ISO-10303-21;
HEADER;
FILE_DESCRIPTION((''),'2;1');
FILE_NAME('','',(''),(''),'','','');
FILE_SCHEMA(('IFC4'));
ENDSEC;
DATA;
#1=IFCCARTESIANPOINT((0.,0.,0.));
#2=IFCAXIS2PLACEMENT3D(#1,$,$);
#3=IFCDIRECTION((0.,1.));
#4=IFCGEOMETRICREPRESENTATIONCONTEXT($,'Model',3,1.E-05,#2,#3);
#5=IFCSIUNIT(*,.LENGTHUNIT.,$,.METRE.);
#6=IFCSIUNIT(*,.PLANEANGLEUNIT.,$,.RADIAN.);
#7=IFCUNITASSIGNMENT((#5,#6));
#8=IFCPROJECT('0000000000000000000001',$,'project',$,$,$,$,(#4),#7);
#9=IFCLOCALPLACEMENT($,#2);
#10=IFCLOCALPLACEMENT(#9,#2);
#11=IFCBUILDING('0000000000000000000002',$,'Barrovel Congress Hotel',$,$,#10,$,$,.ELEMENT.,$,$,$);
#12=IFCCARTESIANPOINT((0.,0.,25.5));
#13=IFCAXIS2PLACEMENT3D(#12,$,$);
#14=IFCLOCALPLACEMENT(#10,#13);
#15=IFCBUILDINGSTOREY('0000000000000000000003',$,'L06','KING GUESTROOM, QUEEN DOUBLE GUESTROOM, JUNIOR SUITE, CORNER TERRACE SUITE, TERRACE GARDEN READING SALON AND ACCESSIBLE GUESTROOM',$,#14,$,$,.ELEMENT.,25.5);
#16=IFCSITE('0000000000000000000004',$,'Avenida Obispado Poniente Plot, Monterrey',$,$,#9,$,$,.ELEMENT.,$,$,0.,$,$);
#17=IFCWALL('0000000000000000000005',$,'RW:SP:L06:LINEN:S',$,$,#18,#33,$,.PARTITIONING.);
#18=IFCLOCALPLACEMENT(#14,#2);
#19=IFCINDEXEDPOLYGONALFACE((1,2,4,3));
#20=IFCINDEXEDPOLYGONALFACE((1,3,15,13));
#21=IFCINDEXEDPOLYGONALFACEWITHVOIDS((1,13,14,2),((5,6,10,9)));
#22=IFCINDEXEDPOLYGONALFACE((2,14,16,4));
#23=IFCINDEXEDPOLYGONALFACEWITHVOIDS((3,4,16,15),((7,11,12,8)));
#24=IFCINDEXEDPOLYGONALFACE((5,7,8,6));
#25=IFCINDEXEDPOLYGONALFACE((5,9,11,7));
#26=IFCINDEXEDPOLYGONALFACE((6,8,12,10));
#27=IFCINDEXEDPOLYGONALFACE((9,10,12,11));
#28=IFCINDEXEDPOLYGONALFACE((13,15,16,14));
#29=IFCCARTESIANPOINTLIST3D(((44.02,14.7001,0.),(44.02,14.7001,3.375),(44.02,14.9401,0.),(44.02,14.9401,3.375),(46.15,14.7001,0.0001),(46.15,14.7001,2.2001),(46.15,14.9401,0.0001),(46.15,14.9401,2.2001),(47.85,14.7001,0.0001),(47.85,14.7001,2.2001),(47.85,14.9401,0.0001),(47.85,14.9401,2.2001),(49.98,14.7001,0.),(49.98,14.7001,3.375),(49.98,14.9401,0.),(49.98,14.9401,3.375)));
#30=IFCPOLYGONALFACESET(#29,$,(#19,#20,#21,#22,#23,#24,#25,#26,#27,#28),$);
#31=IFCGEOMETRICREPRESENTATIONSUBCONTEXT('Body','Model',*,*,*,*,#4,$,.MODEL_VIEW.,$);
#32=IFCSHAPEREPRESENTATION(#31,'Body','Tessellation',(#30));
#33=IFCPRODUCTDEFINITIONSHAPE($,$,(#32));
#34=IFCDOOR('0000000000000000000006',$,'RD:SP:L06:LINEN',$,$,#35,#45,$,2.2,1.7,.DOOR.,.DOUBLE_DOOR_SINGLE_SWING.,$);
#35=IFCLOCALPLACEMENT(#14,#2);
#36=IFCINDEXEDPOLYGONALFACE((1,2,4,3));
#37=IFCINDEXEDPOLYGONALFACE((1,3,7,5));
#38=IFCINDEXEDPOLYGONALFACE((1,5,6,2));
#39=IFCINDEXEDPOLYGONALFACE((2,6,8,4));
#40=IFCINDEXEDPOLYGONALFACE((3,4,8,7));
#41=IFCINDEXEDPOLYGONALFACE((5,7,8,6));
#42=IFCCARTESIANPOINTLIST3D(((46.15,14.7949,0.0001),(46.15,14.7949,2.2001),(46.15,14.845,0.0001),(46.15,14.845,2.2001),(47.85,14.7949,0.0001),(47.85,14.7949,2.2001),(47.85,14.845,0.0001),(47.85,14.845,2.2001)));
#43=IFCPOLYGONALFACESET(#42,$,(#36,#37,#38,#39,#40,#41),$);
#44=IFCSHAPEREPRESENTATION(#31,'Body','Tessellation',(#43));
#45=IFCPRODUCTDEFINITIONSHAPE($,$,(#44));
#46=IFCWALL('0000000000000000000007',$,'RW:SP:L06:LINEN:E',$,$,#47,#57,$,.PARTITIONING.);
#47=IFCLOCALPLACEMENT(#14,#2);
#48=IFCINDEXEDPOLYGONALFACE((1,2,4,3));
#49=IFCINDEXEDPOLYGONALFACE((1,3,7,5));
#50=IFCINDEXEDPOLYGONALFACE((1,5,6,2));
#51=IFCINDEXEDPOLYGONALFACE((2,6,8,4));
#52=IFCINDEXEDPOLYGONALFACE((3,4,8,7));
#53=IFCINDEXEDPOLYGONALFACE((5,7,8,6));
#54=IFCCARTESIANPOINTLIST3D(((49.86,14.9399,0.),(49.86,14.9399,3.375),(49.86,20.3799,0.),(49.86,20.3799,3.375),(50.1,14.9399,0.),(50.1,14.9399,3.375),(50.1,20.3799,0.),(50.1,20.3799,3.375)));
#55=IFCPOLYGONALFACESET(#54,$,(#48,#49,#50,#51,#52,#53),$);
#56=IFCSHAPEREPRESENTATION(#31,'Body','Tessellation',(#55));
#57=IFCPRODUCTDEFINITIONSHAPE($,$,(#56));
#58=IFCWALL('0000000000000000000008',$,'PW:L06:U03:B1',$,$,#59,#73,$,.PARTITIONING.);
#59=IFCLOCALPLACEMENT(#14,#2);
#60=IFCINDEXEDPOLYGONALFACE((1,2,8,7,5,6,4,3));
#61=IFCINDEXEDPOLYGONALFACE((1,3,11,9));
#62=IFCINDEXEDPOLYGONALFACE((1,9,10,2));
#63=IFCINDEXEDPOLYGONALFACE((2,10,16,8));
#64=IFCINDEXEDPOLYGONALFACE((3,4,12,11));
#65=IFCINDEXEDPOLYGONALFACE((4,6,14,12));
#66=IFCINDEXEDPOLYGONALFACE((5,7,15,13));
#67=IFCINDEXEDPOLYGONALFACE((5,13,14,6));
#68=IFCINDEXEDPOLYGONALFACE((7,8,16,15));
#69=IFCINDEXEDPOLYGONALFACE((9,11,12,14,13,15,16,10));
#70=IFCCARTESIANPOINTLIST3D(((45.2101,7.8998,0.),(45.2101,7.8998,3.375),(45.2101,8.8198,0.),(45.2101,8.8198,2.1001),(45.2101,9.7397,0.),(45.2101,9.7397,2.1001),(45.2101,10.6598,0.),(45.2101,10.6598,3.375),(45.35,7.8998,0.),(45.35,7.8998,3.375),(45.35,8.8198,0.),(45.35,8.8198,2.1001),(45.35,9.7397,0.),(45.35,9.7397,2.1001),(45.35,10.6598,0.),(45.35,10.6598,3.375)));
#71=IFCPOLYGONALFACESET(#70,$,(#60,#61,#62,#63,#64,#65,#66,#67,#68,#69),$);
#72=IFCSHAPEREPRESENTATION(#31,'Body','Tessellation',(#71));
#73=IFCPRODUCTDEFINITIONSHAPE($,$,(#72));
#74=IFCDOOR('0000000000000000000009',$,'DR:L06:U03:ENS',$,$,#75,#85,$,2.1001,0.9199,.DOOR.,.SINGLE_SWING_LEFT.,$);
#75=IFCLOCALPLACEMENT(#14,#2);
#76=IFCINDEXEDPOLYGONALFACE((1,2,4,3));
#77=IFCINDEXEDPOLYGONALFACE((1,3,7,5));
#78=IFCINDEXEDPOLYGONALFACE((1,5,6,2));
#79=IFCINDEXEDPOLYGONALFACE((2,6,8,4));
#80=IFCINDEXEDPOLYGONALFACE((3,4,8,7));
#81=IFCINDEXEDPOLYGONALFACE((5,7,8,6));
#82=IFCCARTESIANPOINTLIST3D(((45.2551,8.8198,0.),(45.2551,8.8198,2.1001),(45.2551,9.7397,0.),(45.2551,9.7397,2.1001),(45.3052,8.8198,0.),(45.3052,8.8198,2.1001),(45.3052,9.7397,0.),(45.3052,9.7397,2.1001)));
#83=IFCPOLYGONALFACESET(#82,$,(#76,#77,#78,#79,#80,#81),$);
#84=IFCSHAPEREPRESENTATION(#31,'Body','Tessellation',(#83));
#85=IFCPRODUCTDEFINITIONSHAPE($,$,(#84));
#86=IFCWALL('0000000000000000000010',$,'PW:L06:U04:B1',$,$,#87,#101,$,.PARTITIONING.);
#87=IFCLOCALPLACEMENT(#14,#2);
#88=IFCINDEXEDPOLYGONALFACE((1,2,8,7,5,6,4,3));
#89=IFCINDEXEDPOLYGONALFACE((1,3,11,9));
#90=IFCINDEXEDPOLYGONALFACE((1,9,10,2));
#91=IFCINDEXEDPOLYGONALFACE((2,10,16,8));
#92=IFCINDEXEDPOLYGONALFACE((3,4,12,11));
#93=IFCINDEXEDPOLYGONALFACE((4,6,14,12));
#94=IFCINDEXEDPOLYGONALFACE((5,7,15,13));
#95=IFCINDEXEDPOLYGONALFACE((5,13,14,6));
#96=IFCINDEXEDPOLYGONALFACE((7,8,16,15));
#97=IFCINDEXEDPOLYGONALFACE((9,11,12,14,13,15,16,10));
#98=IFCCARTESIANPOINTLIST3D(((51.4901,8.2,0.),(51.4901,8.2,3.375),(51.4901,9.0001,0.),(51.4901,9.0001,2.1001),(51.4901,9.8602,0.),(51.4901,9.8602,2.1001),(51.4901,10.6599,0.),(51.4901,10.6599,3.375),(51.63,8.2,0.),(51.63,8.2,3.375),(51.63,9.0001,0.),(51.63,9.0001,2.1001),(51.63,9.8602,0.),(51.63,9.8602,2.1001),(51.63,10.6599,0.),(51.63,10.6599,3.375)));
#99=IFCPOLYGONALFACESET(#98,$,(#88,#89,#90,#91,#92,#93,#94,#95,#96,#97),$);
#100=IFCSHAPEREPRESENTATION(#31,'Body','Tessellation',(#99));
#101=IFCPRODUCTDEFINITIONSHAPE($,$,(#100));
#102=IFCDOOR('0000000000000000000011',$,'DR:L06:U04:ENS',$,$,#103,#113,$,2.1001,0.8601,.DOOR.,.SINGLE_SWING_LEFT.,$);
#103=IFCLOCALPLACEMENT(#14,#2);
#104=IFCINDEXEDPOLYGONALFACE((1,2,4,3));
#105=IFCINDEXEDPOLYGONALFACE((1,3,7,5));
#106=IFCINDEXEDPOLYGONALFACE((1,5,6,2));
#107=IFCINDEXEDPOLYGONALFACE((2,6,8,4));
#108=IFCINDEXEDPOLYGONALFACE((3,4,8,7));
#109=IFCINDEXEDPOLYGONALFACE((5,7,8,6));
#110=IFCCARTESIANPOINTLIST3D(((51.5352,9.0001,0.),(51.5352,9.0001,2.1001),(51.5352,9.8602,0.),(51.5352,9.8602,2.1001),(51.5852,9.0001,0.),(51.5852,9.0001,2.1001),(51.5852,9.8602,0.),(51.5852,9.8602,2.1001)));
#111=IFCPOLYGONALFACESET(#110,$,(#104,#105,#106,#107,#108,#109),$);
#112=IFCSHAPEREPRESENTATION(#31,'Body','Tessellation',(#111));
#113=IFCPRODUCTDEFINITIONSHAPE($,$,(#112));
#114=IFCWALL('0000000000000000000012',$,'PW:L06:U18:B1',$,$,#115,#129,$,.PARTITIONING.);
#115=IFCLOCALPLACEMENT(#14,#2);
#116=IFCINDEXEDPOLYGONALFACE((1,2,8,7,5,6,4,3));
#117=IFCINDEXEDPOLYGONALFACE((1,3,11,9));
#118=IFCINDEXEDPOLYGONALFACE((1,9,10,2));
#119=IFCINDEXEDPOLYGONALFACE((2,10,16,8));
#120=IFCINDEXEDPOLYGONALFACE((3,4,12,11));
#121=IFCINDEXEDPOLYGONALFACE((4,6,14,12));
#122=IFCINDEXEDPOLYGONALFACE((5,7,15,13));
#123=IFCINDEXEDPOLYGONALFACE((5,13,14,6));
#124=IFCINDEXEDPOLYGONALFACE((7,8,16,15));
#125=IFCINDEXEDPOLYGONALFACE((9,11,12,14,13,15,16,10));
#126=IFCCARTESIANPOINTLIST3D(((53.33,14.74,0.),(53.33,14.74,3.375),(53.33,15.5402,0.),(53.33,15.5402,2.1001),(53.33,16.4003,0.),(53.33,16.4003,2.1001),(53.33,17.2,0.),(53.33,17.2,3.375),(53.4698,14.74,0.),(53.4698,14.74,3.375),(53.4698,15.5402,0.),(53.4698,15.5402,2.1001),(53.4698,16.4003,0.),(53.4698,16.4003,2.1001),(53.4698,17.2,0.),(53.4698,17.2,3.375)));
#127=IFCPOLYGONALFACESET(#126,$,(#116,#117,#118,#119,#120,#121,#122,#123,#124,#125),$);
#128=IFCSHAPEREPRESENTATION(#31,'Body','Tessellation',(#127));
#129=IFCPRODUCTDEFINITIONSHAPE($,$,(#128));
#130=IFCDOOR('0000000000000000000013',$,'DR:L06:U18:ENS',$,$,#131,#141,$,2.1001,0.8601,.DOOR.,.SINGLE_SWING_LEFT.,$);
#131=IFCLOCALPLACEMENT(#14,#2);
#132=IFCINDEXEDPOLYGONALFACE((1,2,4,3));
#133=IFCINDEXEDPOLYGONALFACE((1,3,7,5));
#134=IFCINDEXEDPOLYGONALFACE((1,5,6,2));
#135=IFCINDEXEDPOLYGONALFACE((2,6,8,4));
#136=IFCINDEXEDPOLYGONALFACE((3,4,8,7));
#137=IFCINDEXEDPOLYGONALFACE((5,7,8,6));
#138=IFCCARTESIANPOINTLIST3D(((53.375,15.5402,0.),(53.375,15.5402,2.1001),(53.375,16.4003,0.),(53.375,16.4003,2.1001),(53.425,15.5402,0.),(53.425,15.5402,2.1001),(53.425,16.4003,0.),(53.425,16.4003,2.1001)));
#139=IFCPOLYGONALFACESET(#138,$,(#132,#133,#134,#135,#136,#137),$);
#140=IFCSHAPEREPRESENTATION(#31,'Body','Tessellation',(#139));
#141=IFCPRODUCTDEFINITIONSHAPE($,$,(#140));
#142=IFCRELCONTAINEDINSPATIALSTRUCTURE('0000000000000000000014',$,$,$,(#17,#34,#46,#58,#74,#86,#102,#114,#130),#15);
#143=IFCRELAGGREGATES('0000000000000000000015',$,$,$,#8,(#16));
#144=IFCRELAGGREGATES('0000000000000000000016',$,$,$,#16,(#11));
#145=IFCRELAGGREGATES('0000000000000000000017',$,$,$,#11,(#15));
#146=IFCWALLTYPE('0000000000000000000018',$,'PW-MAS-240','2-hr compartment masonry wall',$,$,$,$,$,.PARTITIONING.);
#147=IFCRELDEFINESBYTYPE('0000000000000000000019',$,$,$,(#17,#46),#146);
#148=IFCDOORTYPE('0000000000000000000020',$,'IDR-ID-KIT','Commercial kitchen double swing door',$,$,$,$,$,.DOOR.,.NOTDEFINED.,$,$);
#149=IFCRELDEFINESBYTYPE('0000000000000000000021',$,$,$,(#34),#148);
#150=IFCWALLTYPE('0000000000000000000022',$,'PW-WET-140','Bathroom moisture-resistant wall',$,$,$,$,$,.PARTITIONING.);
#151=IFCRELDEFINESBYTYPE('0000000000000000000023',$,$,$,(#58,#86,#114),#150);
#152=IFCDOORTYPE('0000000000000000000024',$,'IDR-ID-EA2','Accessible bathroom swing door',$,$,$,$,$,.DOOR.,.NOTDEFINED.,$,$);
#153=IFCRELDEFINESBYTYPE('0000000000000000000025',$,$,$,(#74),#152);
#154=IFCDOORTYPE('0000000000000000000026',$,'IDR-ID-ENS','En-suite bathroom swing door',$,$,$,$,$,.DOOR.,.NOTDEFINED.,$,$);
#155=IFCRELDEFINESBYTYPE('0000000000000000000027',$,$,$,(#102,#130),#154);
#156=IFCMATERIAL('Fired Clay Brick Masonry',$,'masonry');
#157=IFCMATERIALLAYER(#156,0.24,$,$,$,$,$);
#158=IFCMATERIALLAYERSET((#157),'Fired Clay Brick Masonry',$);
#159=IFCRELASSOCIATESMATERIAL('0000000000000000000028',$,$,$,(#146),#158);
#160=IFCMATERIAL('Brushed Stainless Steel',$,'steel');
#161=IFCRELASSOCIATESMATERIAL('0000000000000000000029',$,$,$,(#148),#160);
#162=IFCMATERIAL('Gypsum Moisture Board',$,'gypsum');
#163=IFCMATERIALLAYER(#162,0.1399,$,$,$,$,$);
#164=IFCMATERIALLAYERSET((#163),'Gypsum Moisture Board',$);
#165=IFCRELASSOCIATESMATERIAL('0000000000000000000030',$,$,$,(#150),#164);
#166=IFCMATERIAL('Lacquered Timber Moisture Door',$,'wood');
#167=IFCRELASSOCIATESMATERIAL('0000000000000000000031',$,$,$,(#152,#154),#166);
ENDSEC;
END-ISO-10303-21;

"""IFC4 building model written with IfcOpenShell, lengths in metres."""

from ifc_helpers import new_model, si_unit, direction, frame, frame_2d, origin, place, context, subcontext, project, spatial, rectangle, extrude, material, layer, layer_set, type_object, element, fill, save


model = new_model("IFC4")

# Units and contexts
model_context = context("Model", 3, precision=1e-05, world=origin(), true_north=direction((0.0, 1.0)))
body_context = subcontext(model_context, "Body", "Model", "MODEL_VIEW")
ifc_project = project(units=[si_unit("LENGTHUNIT", "METRE"), si_unit("PLANEANGLEUNIT", "RADIAN")], contexts=[model_context])

# Site, building, storey
site_placement = place(None, origin())
site = spatial("IfcSite", under=ifc_project, at=site_placement, Name="Avenida Obispado Poniente Plot, Monterrey", CompositionType="ELEMENT", RefElevation=0.0)
building_placement = place(site_placement, origin())
building = spatial("IfcBuilding", under=site, at=building_placement, Name="Barrovel Congress Hotel", CompositionType="ELEMENT")
storey_placement = place(building_placement, frame((0.0, 0.0, 25.5)))
storey = spatial("IfcBuildingStorey", under=building, at=storey_placement, Name="L06", Description="KING GUESTROOM, QUEEN DOUBLE GUESTROOM, JUNIOR SUITE, CORNER TERRACE SUITE, TERRACE GARDEN READING SALON AND ACCESSIBLE GUESTROOM", CompositionType="ELEMENT", Elevation=25.5)

# Shared definitions
ifc_material_1 = material(Name="Fired Clay Brick Masonry", Category="masonry")

# Wall, opening, door
ifc_layer_1 = layer(ifc_material_1, 0.24)
ifc_layer_set_1 = layer_set([ifc_layer_1], Name="Fired Clay Brick Masonry")
wall_type_1 = type_object("IfcWallType", Name="PW-MAS-240", Description="2-hr compartment masonry wall", PredefinedType="PARTITIONING", material=ifc_layer_set_1)
wall_1_placement = place(storey_placement, frame((44.02, 14.8201, 0.0), z_axis=(0.0, 0.0, 1.0), x_axis=(1.0, 0.0, 0.0)))
wall_1 = element("IfcWall", 1, at=wall_1_placement, inside=storey, type_object=wall_type_1, Name="RW:SP:L06:LINEN:S", PredefinedType="PARTITIONING", context=body_context, shape_type="SweptSolid", body=[
    extrude(rectangle(XDim=5.96, YDim=0.24, at=frame_2d((2.98, 0.0))), origin(), (0.0, 0.0, 1.0), 3.375),
])
opening_1_placement = place(wall_1_placement, frame((2.1299, 0.0, 0.0)))
opening_1 = element("IfcOpeningElement", 2, at=opening_1_placement, cuts=wall_1, PredefinedType="OPENING", context=body_context, shape_type="SweptSolid", body=[
    extrude(rectangle(XDim=1.7, YDim=2.2, at=frame_2d((0.8501, 1.1001))), frame((0.0, 0.1299, 0.0), z_axis=(0.0, -1.0, 0.0), x_axis=(1.0, 0.0, 0.0)), (0.0, 0.0, 1.0), 0.26),
])
ifc_material_2 = material(Name="Brushed Stainless Steel", Category="steel")
door_type_1 = type_object("IfcDoorType", Name="IDR-ID-KIT", Description="Commercial kitchen double swing door", OperationType="NOTDEFINED", PredefinedType="DOOR", material=ifc_material_2)
door_1_placement = place(opening_1_placement, origin())
door_1 = element("IfcDoor", 3, at=door_1_placement, inside=storey, type_object=door_type_1, Name="RD:SP:L06:LINEN", OperationType="DOUBLE_DOOR_SINGLE_SWING", OverallHeight=2.2, OverallWidth=1.7, PredefinedType="DOOR", context=body_context, shape_type="SweptSolid", body=[
    extrude(rectangle(XDim=1.7, YDim=2.2, at=frame_2d((0.8501, 1.1001))), frame((0.0, 0.0249, 0.0), z_axis=(0.0, -1.0, 0.0), x_axis=(1.0, 0.0, 0.0)), (0.0, 0.0, 1.0), 0.05),
])
fill(opening_1, door_1)

# Wall
wall_2_placement = place(storey_placement, frame((49.98, 14.9399, 0.0), z_axis=(0.0, 0.0, 1.0), x_axis=(0.0, 1.0, 0.0)))
element("IfcWall", 4, at=wall_2_placement, inside=storey, type_object=wall_type_1, Name="RW:SP:L06:LINEN:E", PredefinedType="PARTITIONING", context=body_context, shape_type="SweptSolid", body=[
    extrude(rectangle(XDim=5.4399, YDim=0.24, at=frame_2d((2.72, 0.0))), origin(), (0.0, 0.0, 1.0), 3.375),
])

# Walls, openings, doors
ifc_material_3 = material(Name="Gypsum Moisture Board", Category="gypsum")
ifc_layer_2 = layer(ifc_material_3, 0.1399)
ifc_layer_set_2 = layer_set([ifc_layer_2], Name="Gypsum Moisture Board")
wall_type_2 = type_object("IfcWallType", Name="PW-WET-140", Description="Bathroom moisture-resistant wall", PredefinedType="PARTITIONING", material=ifc_layer_set_2)
wall_3_placement = place(storey_placement, frame((45.28, 7.8999, 0.0), z_axis=(0.0, 0.0, 1.0), x_axis=(0.0, 1.0, 0.0)))
wall_3 = element("IfcWall", 5, at=wall_3_placement, inside=storey, type_object=wall_type_2, Name="PW:L06:U03:B1", PredefinedType="PARTITIONING", context=body_context, shape_type="SweptSolid", body=[
    extrude(rectangle(XDim=2.76, YDim=0.1399, at=frame_2d((1.3799, 0.0))), origin(), (0.0, 0.0, 1.0), 3.375),
])
opening_2_placement = place(wall_3_placement, frame((0.9199, 0.0, 0.0)))
opening_2 = element("IfcOpeningElement", 6, at=opening_2_placement, cuts=wall_3, PredefinedType="OPENING", context=body_context, shape_type="SweptSolid", body=[
    extrude(rectangle(XDim=0.9199, YDim=2.1001, at=frame_2d((0.46, 1.05))), frame((0.0, 0.0801, 0.0), z_axis=(0.0, -1.0, 0.0), x_axis=(1.0, 0.0, 0.0)), (0.0, 0.0, 1.0), 0.1599),
])
ifc_material_4 = material(Name="Lacquered Timber Moisture Door", Category="wood")
door_type_2 = type_object("IfcDoorType", Name="IDR-ID-EA2", Description="Accessible bathroom swing door", OperationType="NOTDEFINED", PredefinedType="DOOR", material=ifc_material_4)
door_2_placement = place(opening_2_placement, origin())
door_2 = element("IfcDoor", 7, at=door_2_placement, inside=storey, type_object=door_type_2, Name="DR:L06:U03:ENS", OperationType="SINGLE_SWING_LEFT", OverallHeight=2.1001, OverallWidth=0.9199, PredefinedType="DOOR", context=body_context, shape_type="SweptSolid", body=[
    extrude(rectangle(XDim=0.9199, YDim=2.1001, at=frame_2d((0.46, 1.05))), frame((0.0, 0.0249, 0.0), z_axis=(0.0, -1.0, 0.0), x_axis=(1.0, 0.0, 0.0)), (0.0, 0.0, 1.0), 0.05),
])
fill(opening_2, door_2)
wall_4_placement = place(storey_placement, frame((51.5601, 8.2, 0.0), z_axis=(0.0, 0.0, 1.0), x_axis=(0.0, 1.0, 0.0)))
wall_4 = element("IfcWall", 8, at=wall_4_placement, inside=storey, type_object=wall_type_2, Name="PW:L06:U04:B1", PredefinedType="PARTITIONING", context=body_context, shape_type="SweptSolid", body=[
    extrude(rectangle(XDim=2.46, YDim=0.1399, at=frame_2d((1.23, 0.0))), origin(), (0.0, 0.0, 1.0), 3.375),
])
opening_3_placement = place(wall_4_placement, frame((0.8, 0.0, 0.0)))
opening_3 = element("IfcOpeningElement", 9, at=opening_3_placement, cuts=wall_4, PredefinedType="OPENING", context=body_context, shape_type="SweptSolid", body=[
    extrude(rectangle(XDim=0.8601, YDim=2.1001, at=frame_2d((0.4302, 1.05))), frame((0.0, 0.0801, 0.0), z_axis=(0.0, -1.0, 0.0), x_axis=(1.0, 0.0, 0.0)), (0.0, 0.0, 1.0), 0.1599),
])
door_type_3 = type_object("IfcDoorType", Name="IDR-ID-ENS", Description="En-suite bathroom swing door", OperationType="NOTDEFINED", PredefinedType="DOOR", material=ifc_material_4)
door_3_placement = place(opening_3_placement, origin())
door_3 = element("IfcDoor", 10, at=door_3_placement, inside=storey, type_object=door_type_3, Name="DR:L06:U04:ENS", OperationType="SINGLE_SWING_LEFT", OverallHeight=2.1001, OverallWidth=0.8601, PredefinedType="DOOR", context=body_context, shape_type="SweptSolid", body=[
    extrude(rectangle(XDim=0.8601, YDim=2.1001, at=frame_2d((0.4302, 1.05))), frame((0.0, 0.0249, 0.0), z_axis=(0.0, -1.0, 0.0), x_axis=(1.0, 0.0, 0.0)), (0.0, 0.0, 1.0), 0.05),
])
fill(opening_3, door_3)
wall_5_placement = place(storey_placement, frame((53.3999, 14.74, 0.0), z_axis=(0.0, 0.0, 1.0), x_axis=(0.0, 1.0, 0.0)))
wall_5 = element("IfcWall", 11, at=wall_5_placement, inside=storey, type_object=wall_type_2, Name="PW:L06:U18:B1", PredefinedType="PARTITIONING", context=body_context, shape_type="SweptSolid", body=[
    extrude(rectangle(XDim=2.46, YDim=0.1399, at=frame_2d((1.23, 0.0))), origin(), (0.0, 0.0, 1.0), 3.375),
])
opening_4_placement = place(wall_5_placement, frame((0.8, 0.0, 0.0)))
opening_4 = element("IfcOpeningElement", 12, at=opening_4_placement, cuts=wall_5, PredefinedType="OPENING", context=body_context, shape_type="SweptSolid", body=[
    extrude(rectangle(XDim=0.8601, YDim=2.1001, at=frame_2d((0.4302, 1.05))), frame((0.0, 0.0801, 0.0), z_axis=(0.0, -1.0, 0.0), x_axis=(1.0, 0.0, 0.0)), (0.0, 0.0, 1.0), 0.1599),
])
door_4_placement = place(opening_4_placement, origin())
door_4 = element("IfcDoor", 13, at=door_4_placement, inside=storey, type_object=door_type_3, Name="DR:L06:U18:ENS", OperationType="SINGLE_SWING_LEFT", OverallHeight=2.1001, OverallWidth=0.8601, PredefinedType="DOOR", context=body_context, shape_type="SweptSolid", body=[
    extrude(rectangle(XDim=0.8601, YDim=2.1001, at=frame_2d((0.4302, 1.05))), frame((0.0, 0.0249, 0.0), z_axis=(0.0, -1.0, 0.0), x_axis=(1.0, 0.0, 0.0)), (0.0, 0.0, 1.0), 0.05),
])
fill(opening_4, door_4)

save(model, "model.ifc")
